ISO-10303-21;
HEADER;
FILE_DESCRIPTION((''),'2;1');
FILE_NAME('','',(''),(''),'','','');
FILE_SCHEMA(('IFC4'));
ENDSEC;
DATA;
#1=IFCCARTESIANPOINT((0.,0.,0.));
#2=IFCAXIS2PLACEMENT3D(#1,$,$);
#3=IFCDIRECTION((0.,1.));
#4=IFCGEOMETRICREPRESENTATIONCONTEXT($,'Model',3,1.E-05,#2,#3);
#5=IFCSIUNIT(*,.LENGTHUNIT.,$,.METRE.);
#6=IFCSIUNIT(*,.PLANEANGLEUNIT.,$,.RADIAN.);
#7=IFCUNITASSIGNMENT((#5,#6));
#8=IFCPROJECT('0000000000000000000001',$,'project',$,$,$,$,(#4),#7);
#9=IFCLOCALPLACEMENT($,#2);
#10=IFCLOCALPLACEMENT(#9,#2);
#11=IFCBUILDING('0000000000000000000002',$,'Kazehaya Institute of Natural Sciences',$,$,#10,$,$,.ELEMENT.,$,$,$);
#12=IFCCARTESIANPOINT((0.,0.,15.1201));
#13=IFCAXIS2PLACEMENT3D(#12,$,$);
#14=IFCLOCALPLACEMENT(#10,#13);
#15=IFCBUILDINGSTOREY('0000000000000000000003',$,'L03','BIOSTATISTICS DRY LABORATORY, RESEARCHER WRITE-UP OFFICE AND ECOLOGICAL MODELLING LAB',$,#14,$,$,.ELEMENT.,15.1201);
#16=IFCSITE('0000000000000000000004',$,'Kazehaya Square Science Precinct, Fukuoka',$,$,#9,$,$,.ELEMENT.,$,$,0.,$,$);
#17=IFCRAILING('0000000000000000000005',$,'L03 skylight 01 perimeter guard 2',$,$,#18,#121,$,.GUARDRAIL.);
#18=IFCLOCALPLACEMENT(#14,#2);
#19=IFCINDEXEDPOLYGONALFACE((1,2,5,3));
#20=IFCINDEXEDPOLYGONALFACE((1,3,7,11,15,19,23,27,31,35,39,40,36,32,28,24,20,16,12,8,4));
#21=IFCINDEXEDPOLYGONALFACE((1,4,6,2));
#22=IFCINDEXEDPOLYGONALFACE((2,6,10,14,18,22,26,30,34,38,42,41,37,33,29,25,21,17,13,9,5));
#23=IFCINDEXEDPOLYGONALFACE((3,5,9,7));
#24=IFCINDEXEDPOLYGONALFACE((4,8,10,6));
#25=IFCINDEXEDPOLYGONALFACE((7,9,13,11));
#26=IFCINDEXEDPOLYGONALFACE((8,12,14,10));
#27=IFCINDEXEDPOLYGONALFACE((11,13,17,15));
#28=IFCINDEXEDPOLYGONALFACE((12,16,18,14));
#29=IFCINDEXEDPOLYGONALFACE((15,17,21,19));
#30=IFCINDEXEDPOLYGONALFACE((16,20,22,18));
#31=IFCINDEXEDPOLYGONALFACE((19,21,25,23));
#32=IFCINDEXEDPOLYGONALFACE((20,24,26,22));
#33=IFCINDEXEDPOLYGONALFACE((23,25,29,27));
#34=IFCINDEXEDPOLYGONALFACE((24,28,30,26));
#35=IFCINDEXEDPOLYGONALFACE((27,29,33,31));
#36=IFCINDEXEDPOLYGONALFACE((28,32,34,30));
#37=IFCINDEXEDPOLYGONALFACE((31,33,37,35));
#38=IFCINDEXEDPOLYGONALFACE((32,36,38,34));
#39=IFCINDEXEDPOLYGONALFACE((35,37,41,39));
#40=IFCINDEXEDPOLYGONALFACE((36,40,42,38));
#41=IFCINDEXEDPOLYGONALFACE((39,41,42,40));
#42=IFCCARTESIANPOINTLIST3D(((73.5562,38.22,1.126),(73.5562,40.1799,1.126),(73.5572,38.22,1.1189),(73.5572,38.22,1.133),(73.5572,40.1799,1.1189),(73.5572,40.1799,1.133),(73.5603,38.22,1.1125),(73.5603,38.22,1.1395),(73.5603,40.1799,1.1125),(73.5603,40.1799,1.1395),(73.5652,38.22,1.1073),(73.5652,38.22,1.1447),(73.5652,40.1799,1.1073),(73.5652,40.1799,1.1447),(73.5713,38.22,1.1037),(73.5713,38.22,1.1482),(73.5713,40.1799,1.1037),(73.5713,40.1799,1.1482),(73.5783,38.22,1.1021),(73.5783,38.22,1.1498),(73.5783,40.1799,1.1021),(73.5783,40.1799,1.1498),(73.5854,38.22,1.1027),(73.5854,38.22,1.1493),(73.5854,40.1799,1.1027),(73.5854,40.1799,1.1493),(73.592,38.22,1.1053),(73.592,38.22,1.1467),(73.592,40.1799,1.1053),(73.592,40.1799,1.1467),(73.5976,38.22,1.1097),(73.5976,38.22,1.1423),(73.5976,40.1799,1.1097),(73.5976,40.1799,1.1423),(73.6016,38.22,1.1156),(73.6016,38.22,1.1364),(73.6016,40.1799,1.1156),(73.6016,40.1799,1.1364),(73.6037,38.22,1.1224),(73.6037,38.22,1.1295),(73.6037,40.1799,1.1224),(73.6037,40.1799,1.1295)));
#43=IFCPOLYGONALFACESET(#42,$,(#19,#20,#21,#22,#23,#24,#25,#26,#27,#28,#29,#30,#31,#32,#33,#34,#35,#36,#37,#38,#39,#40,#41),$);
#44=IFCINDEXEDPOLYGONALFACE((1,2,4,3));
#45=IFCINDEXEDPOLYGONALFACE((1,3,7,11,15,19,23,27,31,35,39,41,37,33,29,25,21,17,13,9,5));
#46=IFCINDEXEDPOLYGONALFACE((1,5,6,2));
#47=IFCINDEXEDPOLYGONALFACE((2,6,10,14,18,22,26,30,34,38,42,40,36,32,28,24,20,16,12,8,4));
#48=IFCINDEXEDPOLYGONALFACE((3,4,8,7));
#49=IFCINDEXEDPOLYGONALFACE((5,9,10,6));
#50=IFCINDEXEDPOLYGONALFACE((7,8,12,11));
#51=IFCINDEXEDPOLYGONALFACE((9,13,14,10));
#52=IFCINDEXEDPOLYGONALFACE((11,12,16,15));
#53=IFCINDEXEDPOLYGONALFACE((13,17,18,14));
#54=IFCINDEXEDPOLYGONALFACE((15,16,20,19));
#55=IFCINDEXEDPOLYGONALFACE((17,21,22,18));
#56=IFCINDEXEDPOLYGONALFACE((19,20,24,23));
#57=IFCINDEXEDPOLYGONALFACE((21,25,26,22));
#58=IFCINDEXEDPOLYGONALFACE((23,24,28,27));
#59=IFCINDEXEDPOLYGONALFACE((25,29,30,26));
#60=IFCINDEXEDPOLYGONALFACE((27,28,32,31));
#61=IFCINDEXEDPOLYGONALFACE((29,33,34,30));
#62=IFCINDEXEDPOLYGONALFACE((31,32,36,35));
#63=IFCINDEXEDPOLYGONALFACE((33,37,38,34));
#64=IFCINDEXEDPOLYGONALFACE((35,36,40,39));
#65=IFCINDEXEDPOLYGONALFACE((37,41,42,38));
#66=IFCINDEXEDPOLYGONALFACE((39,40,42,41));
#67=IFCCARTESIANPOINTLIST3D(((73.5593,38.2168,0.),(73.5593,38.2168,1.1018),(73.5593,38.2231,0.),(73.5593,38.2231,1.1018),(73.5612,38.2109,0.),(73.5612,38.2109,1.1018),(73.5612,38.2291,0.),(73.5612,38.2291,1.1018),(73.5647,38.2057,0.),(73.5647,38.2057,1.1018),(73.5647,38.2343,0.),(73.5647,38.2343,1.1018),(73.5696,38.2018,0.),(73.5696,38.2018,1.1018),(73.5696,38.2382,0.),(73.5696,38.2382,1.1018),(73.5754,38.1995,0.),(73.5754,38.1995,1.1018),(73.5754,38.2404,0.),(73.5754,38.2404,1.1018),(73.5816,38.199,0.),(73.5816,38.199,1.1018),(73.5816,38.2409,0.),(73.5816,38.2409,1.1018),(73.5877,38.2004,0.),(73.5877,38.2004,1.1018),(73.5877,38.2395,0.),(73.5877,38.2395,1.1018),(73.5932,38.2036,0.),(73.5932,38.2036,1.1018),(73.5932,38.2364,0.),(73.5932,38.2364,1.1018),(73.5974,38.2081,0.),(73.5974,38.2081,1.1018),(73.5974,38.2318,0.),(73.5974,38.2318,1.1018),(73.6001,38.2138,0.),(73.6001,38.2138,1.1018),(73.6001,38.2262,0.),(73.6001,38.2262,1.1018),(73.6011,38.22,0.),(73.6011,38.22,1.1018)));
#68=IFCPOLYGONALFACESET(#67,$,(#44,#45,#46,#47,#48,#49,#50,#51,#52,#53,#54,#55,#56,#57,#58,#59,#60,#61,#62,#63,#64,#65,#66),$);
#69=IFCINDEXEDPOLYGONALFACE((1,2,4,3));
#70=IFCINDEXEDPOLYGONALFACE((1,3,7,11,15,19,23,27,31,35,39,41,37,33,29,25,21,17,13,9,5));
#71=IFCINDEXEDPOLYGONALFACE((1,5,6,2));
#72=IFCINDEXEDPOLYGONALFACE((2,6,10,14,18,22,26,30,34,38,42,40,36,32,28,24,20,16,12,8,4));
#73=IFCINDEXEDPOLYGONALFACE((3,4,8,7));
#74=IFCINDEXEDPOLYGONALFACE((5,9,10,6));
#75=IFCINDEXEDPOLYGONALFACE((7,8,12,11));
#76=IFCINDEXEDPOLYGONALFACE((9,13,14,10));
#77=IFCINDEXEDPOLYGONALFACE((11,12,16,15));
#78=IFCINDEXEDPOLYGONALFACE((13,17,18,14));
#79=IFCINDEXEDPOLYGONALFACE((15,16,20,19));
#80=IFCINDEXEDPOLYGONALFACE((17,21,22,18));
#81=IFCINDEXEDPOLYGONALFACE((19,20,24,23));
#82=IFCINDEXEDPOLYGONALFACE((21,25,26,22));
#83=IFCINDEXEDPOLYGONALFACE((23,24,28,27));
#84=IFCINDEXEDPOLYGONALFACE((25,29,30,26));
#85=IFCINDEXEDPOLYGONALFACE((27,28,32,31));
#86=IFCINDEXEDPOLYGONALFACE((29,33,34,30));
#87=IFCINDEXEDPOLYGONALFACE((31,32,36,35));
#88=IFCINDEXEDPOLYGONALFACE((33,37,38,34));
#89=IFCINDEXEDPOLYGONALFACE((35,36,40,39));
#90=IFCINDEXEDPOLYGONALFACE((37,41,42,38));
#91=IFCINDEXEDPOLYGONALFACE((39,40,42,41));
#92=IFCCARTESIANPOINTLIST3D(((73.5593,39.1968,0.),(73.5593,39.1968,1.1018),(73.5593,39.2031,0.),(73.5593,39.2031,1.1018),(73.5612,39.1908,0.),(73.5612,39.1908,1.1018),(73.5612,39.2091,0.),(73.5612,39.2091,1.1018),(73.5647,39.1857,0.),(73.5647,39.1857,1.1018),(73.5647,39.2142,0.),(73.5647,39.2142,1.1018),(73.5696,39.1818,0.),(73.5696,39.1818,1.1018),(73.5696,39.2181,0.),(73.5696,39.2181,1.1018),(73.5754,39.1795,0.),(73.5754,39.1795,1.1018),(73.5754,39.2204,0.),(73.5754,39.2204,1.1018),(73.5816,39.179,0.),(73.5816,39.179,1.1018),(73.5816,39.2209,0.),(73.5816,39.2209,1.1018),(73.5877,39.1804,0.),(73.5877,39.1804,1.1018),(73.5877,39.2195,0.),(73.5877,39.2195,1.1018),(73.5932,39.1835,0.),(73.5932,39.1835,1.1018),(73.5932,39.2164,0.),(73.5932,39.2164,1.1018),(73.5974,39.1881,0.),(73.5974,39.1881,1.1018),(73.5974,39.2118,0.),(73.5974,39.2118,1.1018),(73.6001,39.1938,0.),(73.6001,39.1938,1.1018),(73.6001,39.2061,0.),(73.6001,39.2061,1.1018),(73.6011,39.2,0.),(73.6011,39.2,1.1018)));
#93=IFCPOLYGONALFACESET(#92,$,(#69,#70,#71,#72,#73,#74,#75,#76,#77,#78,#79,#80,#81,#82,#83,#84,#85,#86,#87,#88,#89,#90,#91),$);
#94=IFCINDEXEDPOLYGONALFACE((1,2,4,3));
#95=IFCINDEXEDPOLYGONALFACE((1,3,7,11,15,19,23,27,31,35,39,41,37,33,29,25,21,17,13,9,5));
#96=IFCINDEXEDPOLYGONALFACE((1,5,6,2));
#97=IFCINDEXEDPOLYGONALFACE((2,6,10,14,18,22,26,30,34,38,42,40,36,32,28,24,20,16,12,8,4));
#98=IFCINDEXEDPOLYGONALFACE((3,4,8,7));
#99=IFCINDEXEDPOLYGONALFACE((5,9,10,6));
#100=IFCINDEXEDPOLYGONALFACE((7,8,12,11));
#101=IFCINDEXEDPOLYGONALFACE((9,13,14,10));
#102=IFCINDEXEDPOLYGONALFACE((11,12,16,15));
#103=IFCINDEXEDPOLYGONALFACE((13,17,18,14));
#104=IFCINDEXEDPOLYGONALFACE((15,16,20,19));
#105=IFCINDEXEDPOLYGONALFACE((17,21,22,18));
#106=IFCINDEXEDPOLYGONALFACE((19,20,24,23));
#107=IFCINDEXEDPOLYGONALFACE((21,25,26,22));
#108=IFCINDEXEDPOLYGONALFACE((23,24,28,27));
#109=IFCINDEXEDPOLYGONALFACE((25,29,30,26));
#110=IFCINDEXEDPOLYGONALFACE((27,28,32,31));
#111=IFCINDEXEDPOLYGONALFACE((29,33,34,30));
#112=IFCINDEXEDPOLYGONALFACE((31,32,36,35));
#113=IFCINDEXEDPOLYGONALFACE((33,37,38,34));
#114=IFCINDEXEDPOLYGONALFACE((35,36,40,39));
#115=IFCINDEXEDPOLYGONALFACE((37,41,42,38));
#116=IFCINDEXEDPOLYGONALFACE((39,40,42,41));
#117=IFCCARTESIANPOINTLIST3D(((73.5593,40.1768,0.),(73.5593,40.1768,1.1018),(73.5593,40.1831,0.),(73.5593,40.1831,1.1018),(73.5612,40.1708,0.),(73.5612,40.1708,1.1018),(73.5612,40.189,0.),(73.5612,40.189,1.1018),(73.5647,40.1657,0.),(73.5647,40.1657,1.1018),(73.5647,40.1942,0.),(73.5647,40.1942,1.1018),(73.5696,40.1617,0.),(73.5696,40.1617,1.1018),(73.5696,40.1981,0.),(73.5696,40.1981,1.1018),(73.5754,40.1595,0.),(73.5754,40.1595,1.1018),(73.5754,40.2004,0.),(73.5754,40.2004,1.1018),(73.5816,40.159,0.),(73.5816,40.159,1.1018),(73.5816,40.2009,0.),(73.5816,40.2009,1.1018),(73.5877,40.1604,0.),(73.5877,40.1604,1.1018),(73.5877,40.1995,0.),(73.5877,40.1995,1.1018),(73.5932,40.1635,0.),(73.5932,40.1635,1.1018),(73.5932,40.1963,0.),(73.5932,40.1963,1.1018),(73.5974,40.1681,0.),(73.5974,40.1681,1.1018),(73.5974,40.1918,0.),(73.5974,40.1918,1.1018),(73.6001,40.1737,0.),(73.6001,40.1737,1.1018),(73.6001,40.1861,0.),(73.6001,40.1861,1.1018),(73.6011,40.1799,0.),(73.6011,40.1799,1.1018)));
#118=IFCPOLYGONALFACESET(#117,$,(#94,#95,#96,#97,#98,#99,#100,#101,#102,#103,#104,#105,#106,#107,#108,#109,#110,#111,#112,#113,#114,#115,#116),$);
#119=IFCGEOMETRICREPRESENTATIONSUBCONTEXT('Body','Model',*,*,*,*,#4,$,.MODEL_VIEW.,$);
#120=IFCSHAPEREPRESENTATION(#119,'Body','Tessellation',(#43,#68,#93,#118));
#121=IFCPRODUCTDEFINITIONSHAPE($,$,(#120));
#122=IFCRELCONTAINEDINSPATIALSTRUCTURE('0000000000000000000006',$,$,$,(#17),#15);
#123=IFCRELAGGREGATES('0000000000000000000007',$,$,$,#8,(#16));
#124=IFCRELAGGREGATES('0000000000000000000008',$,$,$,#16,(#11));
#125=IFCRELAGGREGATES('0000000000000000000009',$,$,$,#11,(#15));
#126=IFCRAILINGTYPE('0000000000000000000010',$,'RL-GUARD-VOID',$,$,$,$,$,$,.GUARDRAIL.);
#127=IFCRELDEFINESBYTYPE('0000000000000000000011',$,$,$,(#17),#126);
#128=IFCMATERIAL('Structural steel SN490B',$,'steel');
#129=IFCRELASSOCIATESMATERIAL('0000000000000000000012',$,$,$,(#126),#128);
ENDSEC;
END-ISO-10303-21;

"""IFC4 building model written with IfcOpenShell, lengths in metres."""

from ifc_helpers import new_model, si_unit, direction, frame, origin, origin_2d, place, context, subcontext, project, spatial, circle, extrude, material, type_object, element, save


model = new_model("IFC4")

# Units and contexts
model_context = context("Model", 3, precision=1e-05, world=origin(), true_north=direction((0.0, 1.0)))
body_context = subcontext(model_context, "Body", "Model", "MODEL_VIEW")
ifc_project = project(units=[si_unit("LENGTHUNIT", "METRE"), si_unit("PLANEANGLEUNIT", "RADIAN")], contexts=[model_context])

# Site, building, storey
site_placement = place(None, origin())
site = spatial("IfcSite", under=ifc_project, at=site_placement, Name="Kazehaya Square Science Precinct, Fukuoka", CompositionType="ELEMENT", RefElevation=0.0)
building_placement = place(site_placement, origin())
building = spatial("IfcBuilding", under=site, at=building_placement, Name="Kazehaya Institute of Natural Sciences", CompositionType="ELEMENT")
storey_placement = place(building_placement, frame((0.0, 0.0, 15.1201)))
storey = spatial("IfcBuildingStorey", under=building, at=storey_placement, Name="L03", Description="BIOSTATISTICS DRY LABORATORY, RESEARCHER WRITE-UP OFFICE AND ECOLOGICAL MODELLING LAB", CompositionType="ELEMENT", Elevation=15.1201)

# Railing
ifc_material_1 = material(Name="Structural steel SN490B", Category="steel")
railing_type = type_object("IfcRailingType", Name="RL-GUARD-VOID", PredefinedType="GUARDRAIL", material=ifc_material_1)
railing_1_placement = place(storey_placement, frame((73.5801, 38.22, 0.0)))
element("IfcRailing", 1, at=railing_1_placement, inside=storey, type_object=railing_type, Name="L03 skylight 01 perimeter guard 2", PredefinedType="GUARDRAIL", context=body_context, shape_type="SweptSolid", body=[
    extrude(circle(Radius=0.0239, at=origin_2d()), frame((0.0, 0.0, 1.126), z_axis=(0.0, 1.0, 0.0), x_axis=(-1.0, 0.0, 0.0)), (0.0, 0.0, 1.0), 1.96),
    extrude(circle(Radius=0.021, at=origin_2d()), origin(), (0.0, 0.0, 1.0), 1.1018),
    extrude(circle(Radius=0.021, at=origin_2d()), frame((0.0, 0.98, 0.0)), (0.0, 0.0, 1.0), 1.1018),
    extrude(circle(Radius=0.021, at=origin_2d()), frame((0.0, 1.96, 0.0)), (0.0, 0.0, 1.0), 1.1018),
])

save(model, "model.ifc")
